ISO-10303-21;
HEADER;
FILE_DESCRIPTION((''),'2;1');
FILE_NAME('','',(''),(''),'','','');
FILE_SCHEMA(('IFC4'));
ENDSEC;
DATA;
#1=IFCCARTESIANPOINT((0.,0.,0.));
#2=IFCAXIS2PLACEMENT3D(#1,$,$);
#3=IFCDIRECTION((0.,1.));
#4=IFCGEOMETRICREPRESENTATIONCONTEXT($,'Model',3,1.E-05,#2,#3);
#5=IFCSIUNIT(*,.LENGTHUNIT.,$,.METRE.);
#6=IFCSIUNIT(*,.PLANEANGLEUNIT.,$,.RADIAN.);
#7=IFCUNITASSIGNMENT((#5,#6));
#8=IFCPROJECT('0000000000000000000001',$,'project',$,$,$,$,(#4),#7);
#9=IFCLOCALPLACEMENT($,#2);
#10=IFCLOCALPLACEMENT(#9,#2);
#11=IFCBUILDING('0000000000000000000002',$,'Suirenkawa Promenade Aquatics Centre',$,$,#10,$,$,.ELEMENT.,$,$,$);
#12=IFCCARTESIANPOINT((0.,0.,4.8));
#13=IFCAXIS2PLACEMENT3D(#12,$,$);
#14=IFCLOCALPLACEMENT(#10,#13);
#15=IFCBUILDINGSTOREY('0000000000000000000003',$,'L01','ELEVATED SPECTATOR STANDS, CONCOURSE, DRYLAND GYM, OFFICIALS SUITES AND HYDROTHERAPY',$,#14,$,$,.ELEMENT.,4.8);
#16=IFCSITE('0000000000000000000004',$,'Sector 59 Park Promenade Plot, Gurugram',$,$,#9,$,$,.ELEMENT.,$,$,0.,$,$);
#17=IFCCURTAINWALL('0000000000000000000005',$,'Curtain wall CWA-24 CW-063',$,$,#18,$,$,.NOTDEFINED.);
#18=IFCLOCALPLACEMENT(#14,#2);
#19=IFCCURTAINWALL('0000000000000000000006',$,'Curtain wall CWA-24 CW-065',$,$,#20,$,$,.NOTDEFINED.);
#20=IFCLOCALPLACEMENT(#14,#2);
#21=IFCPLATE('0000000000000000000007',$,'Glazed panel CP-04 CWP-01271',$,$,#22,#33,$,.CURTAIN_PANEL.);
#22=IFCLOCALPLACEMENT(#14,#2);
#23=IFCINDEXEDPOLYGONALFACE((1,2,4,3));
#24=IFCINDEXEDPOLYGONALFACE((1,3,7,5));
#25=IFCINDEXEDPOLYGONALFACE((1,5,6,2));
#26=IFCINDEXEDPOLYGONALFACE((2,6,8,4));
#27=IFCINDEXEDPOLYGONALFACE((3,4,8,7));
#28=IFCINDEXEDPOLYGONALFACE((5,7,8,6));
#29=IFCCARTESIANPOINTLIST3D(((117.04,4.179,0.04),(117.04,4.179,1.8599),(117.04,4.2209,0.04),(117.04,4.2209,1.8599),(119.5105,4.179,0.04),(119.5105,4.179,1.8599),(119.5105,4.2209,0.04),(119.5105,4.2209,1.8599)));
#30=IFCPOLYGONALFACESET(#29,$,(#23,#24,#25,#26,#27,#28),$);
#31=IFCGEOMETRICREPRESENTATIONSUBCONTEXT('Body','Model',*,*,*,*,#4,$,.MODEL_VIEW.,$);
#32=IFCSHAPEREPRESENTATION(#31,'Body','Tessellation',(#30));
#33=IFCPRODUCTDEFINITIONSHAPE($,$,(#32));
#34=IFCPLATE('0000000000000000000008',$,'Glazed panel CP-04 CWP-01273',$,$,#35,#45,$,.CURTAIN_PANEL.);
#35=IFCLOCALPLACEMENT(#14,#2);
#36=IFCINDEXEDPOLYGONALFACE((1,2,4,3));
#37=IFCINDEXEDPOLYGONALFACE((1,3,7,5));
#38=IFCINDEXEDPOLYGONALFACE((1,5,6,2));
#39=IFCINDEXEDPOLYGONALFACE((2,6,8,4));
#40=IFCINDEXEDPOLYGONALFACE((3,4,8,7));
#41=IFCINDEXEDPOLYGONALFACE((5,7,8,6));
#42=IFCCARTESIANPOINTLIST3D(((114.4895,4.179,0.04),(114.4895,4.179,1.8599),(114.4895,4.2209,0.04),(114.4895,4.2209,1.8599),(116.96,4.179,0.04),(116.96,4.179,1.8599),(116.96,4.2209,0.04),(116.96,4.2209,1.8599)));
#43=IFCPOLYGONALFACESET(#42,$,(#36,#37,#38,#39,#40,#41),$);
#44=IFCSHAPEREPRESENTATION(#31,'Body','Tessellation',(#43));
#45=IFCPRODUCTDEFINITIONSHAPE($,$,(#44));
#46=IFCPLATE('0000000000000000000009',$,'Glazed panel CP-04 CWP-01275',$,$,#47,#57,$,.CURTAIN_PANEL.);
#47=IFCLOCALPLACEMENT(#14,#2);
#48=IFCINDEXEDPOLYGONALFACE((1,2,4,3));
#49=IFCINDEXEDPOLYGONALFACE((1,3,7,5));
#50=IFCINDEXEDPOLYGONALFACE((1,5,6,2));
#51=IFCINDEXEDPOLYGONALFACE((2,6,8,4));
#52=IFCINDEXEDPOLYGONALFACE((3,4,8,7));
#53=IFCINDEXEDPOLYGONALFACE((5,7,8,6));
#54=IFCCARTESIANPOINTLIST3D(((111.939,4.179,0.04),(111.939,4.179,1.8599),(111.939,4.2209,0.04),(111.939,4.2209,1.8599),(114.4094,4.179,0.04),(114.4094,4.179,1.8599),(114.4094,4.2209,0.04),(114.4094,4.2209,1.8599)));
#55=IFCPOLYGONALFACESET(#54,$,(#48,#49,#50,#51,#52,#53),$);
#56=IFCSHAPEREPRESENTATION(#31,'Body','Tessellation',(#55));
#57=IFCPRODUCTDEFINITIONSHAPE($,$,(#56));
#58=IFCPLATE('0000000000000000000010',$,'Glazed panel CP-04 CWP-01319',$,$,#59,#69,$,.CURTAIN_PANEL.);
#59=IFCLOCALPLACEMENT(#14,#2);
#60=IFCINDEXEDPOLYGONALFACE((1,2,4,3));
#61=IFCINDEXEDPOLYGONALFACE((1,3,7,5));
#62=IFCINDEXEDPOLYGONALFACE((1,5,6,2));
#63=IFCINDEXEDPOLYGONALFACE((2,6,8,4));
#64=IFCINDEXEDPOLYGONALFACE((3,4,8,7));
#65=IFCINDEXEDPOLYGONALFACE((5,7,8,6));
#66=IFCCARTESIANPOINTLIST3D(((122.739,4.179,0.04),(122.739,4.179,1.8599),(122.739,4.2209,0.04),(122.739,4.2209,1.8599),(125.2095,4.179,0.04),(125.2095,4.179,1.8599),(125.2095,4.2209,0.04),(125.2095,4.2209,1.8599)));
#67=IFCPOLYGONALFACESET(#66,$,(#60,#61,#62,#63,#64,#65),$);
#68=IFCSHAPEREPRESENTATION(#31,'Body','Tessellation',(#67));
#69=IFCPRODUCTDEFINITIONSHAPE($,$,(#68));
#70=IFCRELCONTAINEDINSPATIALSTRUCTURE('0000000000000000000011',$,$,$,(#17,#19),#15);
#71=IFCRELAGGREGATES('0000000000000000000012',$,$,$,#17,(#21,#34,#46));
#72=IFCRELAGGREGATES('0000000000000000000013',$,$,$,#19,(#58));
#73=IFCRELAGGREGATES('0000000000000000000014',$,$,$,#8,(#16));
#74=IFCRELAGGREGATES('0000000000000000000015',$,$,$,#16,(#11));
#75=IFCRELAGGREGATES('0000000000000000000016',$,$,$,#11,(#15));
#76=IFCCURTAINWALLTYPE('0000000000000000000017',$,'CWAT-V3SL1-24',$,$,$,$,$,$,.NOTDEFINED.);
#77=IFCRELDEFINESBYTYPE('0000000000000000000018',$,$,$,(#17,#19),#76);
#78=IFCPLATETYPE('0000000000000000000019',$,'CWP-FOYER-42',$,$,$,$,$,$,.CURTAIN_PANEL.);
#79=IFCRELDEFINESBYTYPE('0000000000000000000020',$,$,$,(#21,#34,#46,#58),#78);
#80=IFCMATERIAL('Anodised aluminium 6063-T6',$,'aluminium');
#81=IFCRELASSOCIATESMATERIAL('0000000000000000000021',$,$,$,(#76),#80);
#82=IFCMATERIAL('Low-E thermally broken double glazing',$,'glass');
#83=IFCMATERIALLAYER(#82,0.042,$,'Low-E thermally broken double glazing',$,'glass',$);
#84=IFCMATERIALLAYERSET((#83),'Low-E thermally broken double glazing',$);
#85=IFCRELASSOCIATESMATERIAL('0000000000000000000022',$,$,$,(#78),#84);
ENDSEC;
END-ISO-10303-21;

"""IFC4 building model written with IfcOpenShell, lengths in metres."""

from ifc_helpers import new_model, si_unit, direction, frame, origin, place, context, subcontext, project, spatial, polyline, outline, extrude, material, layer, layer_set, type_object, element, aggregate, save


model = new_model("IFC4")

# Units and contexts
model_context = context("Model", 3, precision=1e-05, world=origin(), true_north=direction((0.0, 1.0)))
body_context = subcontext(model_context, "Body", "Model", "MODEL_VIEW")
ifc_project = project(units=[si_unit("LENGTHUNIT", "METRE"), si_unit("PLANEANGLEUNIT", "RADIAN")], contexts=[model_context])

# Site, building, storey
site_placement = place(None, origin())
site = spatial("IfcSite", under=ifc_project, at=site_placement, Name="Sector 59 Park Promenade Plot, Gurugram", CompositionType="ELEMENT", RefElevation=0.0)
building_placement = place(site_placement, origin())
building = spatial("IfcBuilding", under=site, at=building_placement, Name="Suirenkawa Promenade Aquatics Centre", CompositionType="ELEMENT")
storey_placement = place(building_placement, frame((0.0, 0.0, 4.8)))
storey = spatial("IfcBuildingStorey", under=building, at=storey_placement, Name="L01", Description="ELEVATED SPECTATOR STANDS, CONCOURSE, DRYLAND GYM, OFFICIALS SUITES AND HYDROTHERAPY", CompositionType="ELEMENT", Elevation=4.8)

# Curtain walls
ifc_material_1 = material(Name="Anodised aluminium 6063-T6", Category="aluminium")
curtain_wall_type = type_object("IfcCurtainWallType", Name="CWAT-V3SL1-24", PredefinedType="NOTDEFINED", material=ifc_material_1)
curtain_wall_1_placement = place(storey_placement, origin())
curtain_wall_1 = element("IfcCurtainWall", 1, at=curtain_wall_1_placement, inside=storey, type_object=curtain_wall_type, Name="Curtain wall CWA-24 CW-063", PredefinedType="NOTDEFINED")
curtain_wall_2_placement = place(storey_placement, origin())
curtain_wall_2 = element("IfcCurtainWall", 2, at=curtain_wall_2_placement, inside=storey, type_object=curtain_wall_type, Name="Curtain wall CWA-24 CW-065", PredefinedType="NOTDEFINED")

# Plates
ifc_material_2 = material(Name="Low-E thermally broken double glazing", Category="glass")
ifc_layer = layer(ifc_material_2, 0.042, Name="Low-E thermally broken double glazing", Category="glass")
ifc_layer_set = layer_set([ifc_layer], Name="Low-E thermally broken double glazing")
plate_type = type_object("IfcPlateType", Name="CWP-FOYER-42", PredefinedType="CURTAIN_PANEL", material=ifc_layer_set)
plate_1_placement = place(storey_placement, frame((119.5505, 4.2, 0.04), z_axis=(0.0, 0.0, 1.0), x_axis=(-1.0, 0.0, 0.0)))
plate_1 = element("IfcPlate", 3, at=plate_1_placement, type_object=plate_type, Name="Glazed panel CP-04 CWP-01271", PredefinedType="CURTAIN_PANEL", context=body_context, shape_type="SweptSolid", body=[
    extrude(outline(polyline([(0.04, 0.0), (2.5105, 0.0), (2.5105, 1.8198), (0.04, 1.8198), (0.04, 0.0)])), frame((0.0, 0.021, 0.0), z_axis=(0.0, -1.0, 0.0), x_axis=(1.0, 0.0, 0.0)), (0.0, 0.0, 1.0), 0.042),
])
plate_2_placement = place(storey_placement, frame((117.0, 4.2, 0.04), z_axis=(0.0, 0.0, 1.0), x_axis=(-1.0, 0.0, 0.0)))
plate_2 = element("IfcPlate", 4, at=plate_2_placement, type_object=plate_type, Name="Glazed panel CP-04 CWP-01273", PredefinedType="CURTAIN_PANEL", context=body_context, shape_type="SweptSolid", body=[
    extrude(outline(polyline([(0.04, 0.0), (2.5105, 0.0), (2.5105, 1.8198), (0.04, 1.8198), (0.04, 0.0)])), frame((0.0, 0.021, 0.0), z_axis=(0.0, -1.0, 0.0), x_axis=(1.0, 0.0, 0.0)), (0.0, 0.0, 1.0), 0.042),
])
plate_3_placement = place(storey_placement, frame((114.4495, 4.2, 0.04), z_axis=(0.0, 0.0, 1.0), x_axis=(-1.0, 0.0, 0.0)))
plate_3 = element("IfcPlate", 5, at=plate_3_placement, type_object=plate_type, Name="Glazed panel CP-04 CWP-01275", PredefinedType="CURTAIN_PANEL", context=body_context, shape_type="SweptSolid", body=[
    extrude(outline(polyline([(0.04, 0.0), (2.5105, 0.0), (2.5105, 1.8198), (0.04, 1.8198), (0.04, 0.0)])), frame((0.0, 0.021, 0.0), z_axis=(0.0, -1.0, 0.0), x_axis=(1.0, 0.0, 0.0)), (0.0, 0.0, 1.0), 0.042),
])
aggregate(curtain_wall_1, [plate_1, plate_2, plate_3])
plate_4_placement = place(storey_placement, frame((125.2495, 4.2, 0.04), z_axis=(0.0, 0.0, 1.0), x_axis=(-1.0, 0.0, 0.0)))
plate_4 = element("IfcPlate", 6, at=plate_4_placement, type_object=plate_type, Name="Glazed panel CP-04 CWP-01319", PredefinedType="CURTAIN_PANEL", context=body_context, shape_type="SweptSolid", body=[
    extrude(outline(polyline([(0.04, 0.0), (2.5105, 0.0), (2.5105, 1.8198), (0.04, 1.8198), (0.04, 0.0)])), frame((0.0, 0.021, 0.0), z_axis=(0.0, -1.0, 0.0), x_axis=(1.0, 0.0, 0.0)), (0.0, 0.0, 1.0), 0.042),
])
aggregate(curtain_wall_2, [plate_4])

save(model, "model.ifc")
